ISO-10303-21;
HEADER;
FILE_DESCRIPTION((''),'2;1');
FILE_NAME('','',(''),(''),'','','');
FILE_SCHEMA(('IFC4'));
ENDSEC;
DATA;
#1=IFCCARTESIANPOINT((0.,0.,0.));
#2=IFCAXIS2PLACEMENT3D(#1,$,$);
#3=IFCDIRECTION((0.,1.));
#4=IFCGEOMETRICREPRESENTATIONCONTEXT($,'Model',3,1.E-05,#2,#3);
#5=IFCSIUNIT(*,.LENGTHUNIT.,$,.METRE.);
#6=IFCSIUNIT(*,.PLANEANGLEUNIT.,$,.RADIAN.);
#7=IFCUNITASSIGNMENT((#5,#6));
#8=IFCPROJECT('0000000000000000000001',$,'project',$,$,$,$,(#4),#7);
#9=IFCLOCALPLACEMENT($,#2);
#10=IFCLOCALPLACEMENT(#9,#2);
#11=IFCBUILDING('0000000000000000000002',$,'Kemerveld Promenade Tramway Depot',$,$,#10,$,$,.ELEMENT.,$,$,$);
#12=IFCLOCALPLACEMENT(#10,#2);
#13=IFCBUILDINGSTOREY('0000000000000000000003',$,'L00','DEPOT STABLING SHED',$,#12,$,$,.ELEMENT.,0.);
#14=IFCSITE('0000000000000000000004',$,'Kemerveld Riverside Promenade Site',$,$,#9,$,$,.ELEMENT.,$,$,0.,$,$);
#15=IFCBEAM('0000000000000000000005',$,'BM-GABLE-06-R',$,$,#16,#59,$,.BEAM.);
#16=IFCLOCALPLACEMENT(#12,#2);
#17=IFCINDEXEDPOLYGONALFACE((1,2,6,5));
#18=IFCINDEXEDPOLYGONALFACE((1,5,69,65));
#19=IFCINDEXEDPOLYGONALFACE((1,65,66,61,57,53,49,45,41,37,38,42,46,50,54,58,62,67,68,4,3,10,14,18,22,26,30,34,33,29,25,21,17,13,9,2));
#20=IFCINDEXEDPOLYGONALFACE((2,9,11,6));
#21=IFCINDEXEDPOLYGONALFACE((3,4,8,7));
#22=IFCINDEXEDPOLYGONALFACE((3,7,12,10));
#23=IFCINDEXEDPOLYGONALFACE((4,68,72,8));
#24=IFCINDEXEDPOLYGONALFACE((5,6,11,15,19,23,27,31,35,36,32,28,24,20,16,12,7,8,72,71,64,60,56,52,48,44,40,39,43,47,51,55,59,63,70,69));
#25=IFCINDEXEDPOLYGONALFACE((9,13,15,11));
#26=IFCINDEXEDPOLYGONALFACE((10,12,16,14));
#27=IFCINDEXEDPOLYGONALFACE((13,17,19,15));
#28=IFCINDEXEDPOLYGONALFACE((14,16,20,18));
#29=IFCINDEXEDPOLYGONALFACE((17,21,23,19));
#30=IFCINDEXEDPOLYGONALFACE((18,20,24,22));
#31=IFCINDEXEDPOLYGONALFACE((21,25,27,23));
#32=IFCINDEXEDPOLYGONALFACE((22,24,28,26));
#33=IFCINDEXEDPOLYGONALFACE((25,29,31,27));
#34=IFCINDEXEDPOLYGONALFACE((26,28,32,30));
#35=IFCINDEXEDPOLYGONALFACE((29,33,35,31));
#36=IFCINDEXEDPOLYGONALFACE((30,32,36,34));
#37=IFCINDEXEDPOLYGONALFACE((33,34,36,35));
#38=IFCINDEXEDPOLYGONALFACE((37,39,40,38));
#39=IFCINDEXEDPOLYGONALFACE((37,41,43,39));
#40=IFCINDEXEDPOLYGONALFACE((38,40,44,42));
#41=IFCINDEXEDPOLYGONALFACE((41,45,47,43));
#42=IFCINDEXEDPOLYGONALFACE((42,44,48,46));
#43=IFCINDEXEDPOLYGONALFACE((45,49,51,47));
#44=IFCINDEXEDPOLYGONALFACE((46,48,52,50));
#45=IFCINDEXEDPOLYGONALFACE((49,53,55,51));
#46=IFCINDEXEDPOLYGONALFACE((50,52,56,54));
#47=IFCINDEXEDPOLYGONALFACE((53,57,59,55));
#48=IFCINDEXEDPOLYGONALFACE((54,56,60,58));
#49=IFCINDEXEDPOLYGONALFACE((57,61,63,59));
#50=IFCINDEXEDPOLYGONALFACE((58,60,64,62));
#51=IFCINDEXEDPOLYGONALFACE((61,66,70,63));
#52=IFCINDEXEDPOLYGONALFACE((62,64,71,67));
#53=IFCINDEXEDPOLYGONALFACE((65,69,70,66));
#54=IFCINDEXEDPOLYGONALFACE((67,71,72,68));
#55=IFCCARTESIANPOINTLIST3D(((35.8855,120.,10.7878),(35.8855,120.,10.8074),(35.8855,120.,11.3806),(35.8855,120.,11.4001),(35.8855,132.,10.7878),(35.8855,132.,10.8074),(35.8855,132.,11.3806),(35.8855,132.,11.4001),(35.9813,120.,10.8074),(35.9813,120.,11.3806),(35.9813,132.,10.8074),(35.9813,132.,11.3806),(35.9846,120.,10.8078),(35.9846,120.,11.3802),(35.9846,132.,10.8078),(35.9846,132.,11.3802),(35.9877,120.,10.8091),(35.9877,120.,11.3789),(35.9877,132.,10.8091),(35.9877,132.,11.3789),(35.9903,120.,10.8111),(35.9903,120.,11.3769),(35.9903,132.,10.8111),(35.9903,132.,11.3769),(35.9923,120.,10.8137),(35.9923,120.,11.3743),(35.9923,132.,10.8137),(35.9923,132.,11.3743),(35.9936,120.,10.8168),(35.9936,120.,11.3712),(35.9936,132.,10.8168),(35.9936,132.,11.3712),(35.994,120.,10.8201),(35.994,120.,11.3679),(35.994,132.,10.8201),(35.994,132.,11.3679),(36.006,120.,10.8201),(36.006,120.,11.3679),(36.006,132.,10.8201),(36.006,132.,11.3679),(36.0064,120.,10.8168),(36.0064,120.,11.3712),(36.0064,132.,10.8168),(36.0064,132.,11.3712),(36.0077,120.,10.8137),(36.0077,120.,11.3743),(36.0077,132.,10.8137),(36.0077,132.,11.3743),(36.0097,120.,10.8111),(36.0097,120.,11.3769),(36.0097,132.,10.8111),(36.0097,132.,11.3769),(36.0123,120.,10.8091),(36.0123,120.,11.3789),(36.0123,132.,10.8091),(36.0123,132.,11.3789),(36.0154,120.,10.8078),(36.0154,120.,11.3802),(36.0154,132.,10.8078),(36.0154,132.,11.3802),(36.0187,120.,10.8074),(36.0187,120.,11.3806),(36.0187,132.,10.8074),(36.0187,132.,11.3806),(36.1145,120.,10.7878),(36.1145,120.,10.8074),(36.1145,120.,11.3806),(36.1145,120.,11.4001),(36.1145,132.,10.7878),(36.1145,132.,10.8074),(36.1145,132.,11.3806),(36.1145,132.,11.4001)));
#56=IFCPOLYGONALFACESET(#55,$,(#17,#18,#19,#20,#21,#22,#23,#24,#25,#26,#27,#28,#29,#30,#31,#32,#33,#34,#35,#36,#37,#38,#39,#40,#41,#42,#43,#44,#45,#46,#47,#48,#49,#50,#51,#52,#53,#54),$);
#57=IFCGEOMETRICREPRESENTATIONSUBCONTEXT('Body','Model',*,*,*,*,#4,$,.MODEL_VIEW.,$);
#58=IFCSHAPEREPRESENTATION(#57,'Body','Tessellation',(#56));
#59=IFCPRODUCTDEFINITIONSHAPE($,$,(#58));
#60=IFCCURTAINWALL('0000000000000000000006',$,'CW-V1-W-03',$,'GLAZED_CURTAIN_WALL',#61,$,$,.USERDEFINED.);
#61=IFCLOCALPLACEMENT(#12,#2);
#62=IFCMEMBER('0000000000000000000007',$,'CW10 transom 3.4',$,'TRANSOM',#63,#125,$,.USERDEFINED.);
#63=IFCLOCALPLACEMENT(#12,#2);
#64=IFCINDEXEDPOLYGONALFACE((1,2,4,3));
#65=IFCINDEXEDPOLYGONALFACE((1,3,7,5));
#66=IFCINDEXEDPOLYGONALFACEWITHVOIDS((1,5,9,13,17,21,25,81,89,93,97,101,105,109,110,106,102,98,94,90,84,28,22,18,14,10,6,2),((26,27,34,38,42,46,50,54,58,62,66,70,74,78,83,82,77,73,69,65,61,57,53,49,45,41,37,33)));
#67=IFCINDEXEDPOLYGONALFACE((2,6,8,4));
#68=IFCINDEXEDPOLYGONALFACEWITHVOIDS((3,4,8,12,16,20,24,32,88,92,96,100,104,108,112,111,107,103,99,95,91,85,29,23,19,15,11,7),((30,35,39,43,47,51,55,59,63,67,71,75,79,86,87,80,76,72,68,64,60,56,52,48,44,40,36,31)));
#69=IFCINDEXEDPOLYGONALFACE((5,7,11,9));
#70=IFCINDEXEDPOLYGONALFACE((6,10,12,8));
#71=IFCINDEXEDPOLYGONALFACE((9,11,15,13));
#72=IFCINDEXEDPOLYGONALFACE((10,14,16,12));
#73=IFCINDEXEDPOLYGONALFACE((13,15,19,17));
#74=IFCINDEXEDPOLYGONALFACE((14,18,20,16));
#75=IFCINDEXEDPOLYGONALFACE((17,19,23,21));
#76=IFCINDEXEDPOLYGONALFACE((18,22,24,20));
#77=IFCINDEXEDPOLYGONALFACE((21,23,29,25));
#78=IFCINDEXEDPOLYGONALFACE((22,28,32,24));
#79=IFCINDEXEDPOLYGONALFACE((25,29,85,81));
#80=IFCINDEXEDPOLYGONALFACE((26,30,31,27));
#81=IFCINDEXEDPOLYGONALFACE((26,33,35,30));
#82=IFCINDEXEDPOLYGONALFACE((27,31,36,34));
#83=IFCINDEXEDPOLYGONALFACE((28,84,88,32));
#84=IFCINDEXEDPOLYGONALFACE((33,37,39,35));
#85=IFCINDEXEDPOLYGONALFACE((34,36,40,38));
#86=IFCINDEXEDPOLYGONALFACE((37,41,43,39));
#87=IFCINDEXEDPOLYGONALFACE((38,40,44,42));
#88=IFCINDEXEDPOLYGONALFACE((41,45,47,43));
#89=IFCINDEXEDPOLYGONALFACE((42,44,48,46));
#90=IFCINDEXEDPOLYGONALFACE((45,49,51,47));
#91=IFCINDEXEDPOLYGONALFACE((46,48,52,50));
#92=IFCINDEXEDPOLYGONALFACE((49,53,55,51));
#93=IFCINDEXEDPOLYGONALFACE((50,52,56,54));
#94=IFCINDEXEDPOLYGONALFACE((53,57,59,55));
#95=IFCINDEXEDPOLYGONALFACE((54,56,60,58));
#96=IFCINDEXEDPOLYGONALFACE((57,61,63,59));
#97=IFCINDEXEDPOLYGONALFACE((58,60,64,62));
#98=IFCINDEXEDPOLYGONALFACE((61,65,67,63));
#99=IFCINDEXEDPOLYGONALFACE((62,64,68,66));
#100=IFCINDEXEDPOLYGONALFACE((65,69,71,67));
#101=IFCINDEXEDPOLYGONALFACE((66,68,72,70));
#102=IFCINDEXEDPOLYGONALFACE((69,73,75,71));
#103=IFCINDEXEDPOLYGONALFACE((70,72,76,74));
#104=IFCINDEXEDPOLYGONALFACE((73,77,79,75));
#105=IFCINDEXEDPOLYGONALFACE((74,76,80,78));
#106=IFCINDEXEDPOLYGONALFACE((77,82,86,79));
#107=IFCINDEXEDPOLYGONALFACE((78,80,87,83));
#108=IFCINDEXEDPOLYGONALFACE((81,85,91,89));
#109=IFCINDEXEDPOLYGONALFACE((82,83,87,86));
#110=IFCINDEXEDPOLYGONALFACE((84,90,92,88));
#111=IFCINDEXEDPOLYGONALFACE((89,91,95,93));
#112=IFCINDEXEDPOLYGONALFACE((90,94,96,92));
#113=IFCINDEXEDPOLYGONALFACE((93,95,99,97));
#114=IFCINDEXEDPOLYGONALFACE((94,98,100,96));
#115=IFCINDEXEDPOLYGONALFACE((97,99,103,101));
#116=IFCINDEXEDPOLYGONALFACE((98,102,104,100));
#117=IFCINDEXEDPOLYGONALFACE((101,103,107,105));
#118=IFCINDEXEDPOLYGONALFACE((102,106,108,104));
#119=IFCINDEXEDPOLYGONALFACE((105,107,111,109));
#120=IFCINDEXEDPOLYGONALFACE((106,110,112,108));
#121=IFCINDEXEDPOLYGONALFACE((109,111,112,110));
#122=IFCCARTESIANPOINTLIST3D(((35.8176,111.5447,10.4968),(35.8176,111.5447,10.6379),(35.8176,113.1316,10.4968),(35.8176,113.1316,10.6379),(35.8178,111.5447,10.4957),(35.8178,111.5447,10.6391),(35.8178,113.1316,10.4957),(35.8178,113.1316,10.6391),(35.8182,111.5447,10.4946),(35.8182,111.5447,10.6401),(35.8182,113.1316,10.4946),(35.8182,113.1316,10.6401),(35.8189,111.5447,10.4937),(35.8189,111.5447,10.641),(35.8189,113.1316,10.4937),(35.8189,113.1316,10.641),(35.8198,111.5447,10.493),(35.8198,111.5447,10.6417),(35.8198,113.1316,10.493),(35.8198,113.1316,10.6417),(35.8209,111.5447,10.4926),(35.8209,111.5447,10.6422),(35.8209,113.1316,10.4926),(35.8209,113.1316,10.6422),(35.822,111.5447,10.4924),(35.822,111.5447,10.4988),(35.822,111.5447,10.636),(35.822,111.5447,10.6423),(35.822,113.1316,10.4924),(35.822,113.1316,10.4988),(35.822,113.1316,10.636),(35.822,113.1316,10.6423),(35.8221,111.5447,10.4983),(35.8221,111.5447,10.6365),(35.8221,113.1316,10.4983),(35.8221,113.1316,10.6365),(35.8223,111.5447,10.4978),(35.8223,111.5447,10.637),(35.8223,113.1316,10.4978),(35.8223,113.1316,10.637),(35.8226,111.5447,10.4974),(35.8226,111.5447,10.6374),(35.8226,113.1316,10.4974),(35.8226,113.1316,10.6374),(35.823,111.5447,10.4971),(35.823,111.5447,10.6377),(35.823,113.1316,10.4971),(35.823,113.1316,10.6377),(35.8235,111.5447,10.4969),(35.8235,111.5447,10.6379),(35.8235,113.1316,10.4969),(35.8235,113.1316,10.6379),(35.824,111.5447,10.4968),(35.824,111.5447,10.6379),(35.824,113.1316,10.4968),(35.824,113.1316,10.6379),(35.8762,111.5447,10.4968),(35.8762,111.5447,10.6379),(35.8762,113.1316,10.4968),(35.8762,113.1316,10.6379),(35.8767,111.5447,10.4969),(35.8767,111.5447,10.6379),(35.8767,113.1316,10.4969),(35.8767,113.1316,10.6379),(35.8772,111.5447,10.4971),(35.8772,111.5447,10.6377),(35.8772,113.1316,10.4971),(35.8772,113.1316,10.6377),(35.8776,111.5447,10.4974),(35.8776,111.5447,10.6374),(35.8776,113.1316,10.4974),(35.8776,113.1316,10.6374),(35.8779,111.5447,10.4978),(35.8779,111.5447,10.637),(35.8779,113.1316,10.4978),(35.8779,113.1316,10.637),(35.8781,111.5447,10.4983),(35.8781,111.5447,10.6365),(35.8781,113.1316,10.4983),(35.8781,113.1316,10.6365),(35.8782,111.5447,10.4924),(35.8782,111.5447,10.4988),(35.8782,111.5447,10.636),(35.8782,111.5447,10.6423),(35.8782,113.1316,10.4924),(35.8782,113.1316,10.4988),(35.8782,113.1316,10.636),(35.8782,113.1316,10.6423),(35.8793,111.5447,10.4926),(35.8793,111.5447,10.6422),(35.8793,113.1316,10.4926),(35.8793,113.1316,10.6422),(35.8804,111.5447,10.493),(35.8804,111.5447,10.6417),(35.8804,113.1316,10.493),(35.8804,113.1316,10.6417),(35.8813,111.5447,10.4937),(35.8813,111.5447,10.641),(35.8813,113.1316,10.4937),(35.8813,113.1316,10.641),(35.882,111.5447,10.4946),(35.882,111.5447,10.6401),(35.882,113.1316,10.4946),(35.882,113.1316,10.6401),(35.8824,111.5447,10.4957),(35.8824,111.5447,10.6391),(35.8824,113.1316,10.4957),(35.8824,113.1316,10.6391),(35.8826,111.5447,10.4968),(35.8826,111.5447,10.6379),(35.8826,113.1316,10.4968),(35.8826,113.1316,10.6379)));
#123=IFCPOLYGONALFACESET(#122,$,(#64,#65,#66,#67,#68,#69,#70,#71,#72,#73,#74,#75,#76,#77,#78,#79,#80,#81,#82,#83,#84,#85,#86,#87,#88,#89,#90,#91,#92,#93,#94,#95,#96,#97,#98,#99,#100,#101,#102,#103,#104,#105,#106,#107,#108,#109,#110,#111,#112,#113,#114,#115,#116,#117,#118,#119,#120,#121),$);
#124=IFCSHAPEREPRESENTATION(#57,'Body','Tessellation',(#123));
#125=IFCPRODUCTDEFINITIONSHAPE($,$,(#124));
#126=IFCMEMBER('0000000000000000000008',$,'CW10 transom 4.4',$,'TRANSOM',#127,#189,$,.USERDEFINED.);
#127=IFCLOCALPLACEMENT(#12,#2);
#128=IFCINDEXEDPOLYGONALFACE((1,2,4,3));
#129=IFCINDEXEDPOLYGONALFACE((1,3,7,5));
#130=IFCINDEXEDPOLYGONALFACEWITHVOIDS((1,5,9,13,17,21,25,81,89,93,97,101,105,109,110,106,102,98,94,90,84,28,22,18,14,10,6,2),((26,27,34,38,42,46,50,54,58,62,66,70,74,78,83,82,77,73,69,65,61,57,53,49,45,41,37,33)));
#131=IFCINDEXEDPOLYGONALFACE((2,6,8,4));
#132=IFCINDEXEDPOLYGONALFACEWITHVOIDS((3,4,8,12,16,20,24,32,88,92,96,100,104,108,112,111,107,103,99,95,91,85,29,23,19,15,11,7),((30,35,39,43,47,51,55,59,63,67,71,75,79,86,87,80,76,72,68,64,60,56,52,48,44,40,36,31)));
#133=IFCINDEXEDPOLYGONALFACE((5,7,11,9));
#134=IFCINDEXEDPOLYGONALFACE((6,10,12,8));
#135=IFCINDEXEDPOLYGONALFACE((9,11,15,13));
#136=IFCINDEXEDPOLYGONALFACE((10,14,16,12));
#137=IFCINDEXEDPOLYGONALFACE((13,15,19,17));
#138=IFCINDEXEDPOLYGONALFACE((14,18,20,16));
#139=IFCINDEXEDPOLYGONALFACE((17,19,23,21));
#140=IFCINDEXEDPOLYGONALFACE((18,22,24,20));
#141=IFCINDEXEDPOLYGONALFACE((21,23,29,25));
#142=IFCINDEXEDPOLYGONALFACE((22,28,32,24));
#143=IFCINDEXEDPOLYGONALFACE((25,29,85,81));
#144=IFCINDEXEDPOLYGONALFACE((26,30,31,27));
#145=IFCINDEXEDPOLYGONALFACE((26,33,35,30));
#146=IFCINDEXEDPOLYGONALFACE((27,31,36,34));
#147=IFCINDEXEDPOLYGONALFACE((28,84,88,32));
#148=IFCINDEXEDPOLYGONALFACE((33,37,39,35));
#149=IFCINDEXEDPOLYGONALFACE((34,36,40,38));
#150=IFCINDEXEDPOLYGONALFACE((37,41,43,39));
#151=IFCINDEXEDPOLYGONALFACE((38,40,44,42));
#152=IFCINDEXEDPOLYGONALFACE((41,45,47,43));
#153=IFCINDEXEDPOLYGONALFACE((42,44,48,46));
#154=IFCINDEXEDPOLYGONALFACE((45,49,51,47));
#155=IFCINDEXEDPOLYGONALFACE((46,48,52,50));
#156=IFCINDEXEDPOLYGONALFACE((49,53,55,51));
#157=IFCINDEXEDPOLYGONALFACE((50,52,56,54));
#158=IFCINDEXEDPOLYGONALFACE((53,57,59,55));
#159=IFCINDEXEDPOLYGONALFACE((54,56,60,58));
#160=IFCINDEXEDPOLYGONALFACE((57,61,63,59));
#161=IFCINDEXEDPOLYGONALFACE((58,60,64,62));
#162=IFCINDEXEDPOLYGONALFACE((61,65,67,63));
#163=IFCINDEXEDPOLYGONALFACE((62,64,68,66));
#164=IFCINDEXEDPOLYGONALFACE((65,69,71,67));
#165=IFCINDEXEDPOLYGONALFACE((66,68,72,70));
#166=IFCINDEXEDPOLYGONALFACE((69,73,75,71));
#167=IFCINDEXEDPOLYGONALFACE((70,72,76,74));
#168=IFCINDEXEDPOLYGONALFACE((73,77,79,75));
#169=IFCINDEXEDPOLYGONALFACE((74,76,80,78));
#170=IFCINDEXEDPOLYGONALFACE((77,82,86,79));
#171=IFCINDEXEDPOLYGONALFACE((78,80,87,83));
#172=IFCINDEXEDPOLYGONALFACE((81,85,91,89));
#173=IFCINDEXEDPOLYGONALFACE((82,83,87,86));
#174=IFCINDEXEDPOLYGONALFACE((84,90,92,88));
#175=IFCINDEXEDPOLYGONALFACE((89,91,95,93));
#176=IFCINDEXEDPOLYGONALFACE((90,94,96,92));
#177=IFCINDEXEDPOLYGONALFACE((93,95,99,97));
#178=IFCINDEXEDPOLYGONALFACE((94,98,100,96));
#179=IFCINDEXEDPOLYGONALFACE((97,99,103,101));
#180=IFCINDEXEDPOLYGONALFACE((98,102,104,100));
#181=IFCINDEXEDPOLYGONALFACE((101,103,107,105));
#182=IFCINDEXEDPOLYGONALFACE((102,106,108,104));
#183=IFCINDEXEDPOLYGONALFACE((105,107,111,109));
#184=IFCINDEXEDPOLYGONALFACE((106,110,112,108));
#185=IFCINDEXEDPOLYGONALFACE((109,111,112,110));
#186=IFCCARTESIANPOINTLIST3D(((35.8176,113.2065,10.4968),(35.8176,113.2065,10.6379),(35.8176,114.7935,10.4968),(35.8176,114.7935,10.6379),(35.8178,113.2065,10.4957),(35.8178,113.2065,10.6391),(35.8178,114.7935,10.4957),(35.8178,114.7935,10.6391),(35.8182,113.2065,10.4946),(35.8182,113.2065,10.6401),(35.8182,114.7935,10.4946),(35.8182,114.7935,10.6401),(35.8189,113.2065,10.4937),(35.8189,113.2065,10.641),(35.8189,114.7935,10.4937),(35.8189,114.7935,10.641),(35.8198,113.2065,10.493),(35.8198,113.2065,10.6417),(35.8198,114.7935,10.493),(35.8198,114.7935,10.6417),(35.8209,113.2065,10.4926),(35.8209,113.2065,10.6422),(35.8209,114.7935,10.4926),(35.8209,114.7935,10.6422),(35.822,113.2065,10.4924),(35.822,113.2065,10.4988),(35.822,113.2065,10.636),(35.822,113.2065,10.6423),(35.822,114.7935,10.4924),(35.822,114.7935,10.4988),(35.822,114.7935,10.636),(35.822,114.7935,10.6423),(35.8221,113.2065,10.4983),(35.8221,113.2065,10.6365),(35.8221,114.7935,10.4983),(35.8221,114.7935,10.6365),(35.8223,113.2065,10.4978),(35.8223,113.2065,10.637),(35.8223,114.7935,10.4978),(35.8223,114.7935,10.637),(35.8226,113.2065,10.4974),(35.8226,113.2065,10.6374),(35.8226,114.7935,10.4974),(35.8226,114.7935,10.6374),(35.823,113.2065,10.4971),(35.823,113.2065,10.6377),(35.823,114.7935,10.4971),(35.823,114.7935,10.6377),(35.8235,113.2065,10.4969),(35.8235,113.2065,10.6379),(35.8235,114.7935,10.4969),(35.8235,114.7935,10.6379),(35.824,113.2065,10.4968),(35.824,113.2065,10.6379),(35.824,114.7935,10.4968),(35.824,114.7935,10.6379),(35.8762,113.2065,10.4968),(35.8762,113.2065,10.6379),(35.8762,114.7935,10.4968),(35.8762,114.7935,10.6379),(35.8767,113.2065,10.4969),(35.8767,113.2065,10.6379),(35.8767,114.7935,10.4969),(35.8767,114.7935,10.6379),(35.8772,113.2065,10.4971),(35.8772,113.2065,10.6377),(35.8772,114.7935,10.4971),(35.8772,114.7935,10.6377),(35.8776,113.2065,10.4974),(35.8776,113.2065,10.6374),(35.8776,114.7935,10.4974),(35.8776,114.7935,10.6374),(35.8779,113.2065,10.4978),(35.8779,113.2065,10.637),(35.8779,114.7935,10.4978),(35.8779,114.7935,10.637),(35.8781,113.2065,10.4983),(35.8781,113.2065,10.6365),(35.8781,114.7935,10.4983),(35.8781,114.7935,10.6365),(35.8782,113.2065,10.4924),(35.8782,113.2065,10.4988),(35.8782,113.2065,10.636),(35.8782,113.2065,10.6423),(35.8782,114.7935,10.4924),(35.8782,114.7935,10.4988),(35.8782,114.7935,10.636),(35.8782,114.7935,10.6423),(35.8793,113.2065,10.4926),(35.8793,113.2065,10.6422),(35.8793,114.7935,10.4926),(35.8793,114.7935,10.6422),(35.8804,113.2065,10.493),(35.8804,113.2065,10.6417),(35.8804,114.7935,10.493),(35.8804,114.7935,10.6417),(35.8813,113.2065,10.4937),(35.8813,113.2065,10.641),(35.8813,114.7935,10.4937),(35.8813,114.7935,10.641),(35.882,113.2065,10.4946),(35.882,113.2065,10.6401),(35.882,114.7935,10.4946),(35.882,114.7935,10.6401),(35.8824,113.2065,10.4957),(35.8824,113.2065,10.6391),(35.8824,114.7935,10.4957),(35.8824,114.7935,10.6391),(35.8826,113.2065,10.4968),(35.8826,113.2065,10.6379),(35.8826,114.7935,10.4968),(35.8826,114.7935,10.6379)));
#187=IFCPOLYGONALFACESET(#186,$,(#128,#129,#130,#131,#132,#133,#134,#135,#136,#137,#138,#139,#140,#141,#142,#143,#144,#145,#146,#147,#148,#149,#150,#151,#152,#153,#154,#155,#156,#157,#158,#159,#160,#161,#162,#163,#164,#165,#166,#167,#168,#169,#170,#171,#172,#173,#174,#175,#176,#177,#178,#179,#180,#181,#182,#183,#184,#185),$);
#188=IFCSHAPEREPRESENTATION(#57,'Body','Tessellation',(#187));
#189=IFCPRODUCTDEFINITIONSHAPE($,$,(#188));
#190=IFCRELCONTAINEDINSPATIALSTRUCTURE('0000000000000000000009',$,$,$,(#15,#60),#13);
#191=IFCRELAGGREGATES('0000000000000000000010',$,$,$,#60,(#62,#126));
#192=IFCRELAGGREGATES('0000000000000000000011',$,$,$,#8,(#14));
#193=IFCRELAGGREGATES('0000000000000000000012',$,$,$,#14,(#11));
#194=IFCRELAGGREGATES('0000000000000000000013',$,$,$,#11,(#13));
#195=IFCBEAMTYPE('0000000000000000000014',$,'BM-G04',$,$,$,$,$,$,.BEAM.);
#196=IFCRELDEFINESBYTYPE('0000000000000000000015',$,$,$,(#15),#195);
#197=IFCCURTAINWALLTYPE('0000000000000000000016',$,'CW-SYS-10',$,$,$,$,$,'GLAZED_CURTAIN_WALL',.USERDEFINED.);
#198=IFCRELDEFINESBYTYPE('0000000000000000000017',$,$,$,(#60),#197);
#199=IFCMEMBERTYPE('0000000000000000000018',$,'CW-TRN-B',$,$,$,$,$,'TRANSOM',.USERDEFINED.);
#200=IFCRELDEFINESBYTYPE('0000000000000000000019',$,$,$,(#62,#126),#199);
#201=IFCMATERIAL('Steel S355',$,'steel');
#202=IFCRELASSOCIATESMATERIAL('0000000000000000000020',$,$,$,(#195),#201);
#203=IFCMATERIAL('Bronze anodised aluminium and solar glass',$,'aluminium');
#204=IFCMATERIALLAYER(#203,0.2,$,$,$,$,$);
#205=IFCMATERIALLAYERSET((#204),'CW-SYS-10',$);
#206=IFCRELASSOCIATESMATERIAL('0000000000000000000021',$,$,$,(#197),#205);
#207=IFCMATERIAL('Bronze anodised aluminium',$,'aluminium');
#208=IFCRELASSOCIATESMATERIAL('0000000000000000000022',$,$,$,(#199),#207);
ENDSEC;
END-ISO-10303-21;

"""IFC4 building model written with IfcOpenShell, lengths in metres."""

from ifc_helpers import new_model, si_unit, direction, frame, origin, origin_2d, place, context, subcontext, project, spatial, hollow_rectangle, i_section, extrude, material, layer, layer_set, material_profile, profile_set, type_object, element, aggregate, save


model = new_model("IFC4")

# Units and contexts
model_context = context("Model", 3, precision=1e-05, world=origin(), true_north=direction((0.0, 1.0)))
body_context = subcontext(model_context, "Body", "Model", "MODEL_VIEW")
ifc_project = project(units=[si_unit("LENGTHUNIT", "METRE"), si_unit("PLANEANGLEUNIT", "RADIAN")], contexts=[model_context])

# Site, building, storey
site_placement = place(None, origin())
site = spatial("IfcSite", under=ifc_project, at=site_placement, Name="Kemerveld Riverside Promenade Site", CompositionType="ELEMENT", RefElevation=0.0)
building_placement = place(site_placement, origin())
building = spatial("IfcBuilding", under=site, at=building_placement, Name="Kemerveld Promenade Tramway Depot", CompositionType="ELEMENT")
storey_placement = place(building_placement, origin())
storey = spatial("IfcBuildingStorey", under=building, at=storey_placement, Name="L00", Description="DEPOT STABLING SHED", CompositionType="ELEMENT", Elevation=0.0)

# Beam
ifc_material_1 = material(Name="Steel S355", Category="steel")
ifc_material_profile_1 = material_profile(ifc_material_1, i_section(OverallWidth=0.229, OverallDepth=0.6123, WebThickness=0.012, FlangeThickness=0.0195, FilletRadius=0.0127, at=origin_2d()), Name="610x229x125 UB")
ifc_profile_set_1 = profile_set([ifc_material_profile_1], Name="Steel S355")
beam_type = type_object("IfcBeamType", Name="BM-G04", PredefinedType="BEAM", material=ifc_profile_set_1)
beam_placement = place(storey_placement, frame((36.0, 120.0, 11.094), z_axis=(0.0, 1.0, 0.0), x_axis=(-1.0, 0.0, 0.0)))
element("IfcBeam", 1, at=beam_placement, inside=storey, type_object=beam_type, Name="BM-GABLE-06-R", PredefinedType="BEAM", context=body_context, shape_type="SweptSolid", body=[
    extrude(i_section(OverallWidth=0.229, OverallDepth=0.6123, WebThickness=0.012, FlangeThickness=0.0195, FilletRadius=0.0127, at=origin_2d()), origin(), (0.0, 0.0, 1.0), 12.0),
])

# Curtain wall, members
ifc_material_2 = material(Name="Bronze anodised aluminium and solar glass", Category="aluminium")
ifc_layer_1 = layer(ifc_material_2, 0.2)
ifc_layer_set_1 = layer_set([ifc_layer_1], Name="CW-SYS-10")
curtain_wall_type = type_object("IfcCurtainWallType", Name="CW-SYS-10", ElementType="GLAZED_CURTAIN_WALL", PredefinedType="USERDEFINED", material=ifc_layer_set_1)
curtain_wall_placement = place(storey_placement, origin())
curtain_wall = element("IfcCurtainWall", 2, at=curtain_wall_placement, inside=storey, type_object=curtain_wall_type, Name="CW-V1-W-03", ObjectType="GLAZED_CURTAIN_WALL", PredefinedType="USERDEFINED")
ifc_material_3 = material(Name="Bronze anodised aluminium", Category="aluminium")
ifc_material_profile_2 = material_profile(ifc_material_3, hollow_rectangle(XDim=0.0649, YDim=0.1499, WallThickness=0.0044, InnerFilletRadius=0.002, OuterFilletRadius=0.0044, at=origin_2d()), Name="CW-TRN-150x65")
ifc_profile_set_2 = profile_set([ifc_material_profile_2], Name="Bronze anodised aluminium")
member_type_1 = type_object("IfcMemberType", Name="CW-TRN-B", ElementType="TRANSOM", PredefinedType="USERDEFINED", material=ifc_profile_set_2)
member_1_placement = place(storey_placement, frame((35.8501, 111.5447, 10.5674), z_axis=(0.0, 1.0, 0.0), x_axis=(-1.0, 0.0, 0.0)))
member_1 = element("IfcMember", 3, at=member_1_placement, type_object=member_type_1, Name="CW10 transom 3.4", ObjectType="TRANSOM", PredefinedType="USERDEFINED", context=body_context, shape_type="SweptSolid", body=[
    extrude(hollow_rectangle(XDim=0.0649, YDim=0.1499, WallThickness=0.0044, InnerFilletRadius=0.002, OuterFilletRadius=0.0044, at=origin_2d()), origin(), (0.0, 0.0, 1.0), 1.5869),
])
member_2_placement = place(storey_placement, frame((35.8501, 113.2065, 10.5674), z_axis=(0.0, 1.0, 0.0), x_axis=(-1.0, 0.0, 0.0)))
member_2 = element("IfcMember", 4, at=member_2_placement, type_object=member_type_1, Name="CW10 transom 4.4", ObjectType="TRANSOM", PredefinedType="USERDEFINED", context=body_context, shape_type="SweptSolid", body=[
    extrude(hollow_rectangle(XDim=0.0649, YDim=0.1499, WallThickness=0.0044, InnerFilletRadius=0.002, OuterFilletRadius=0.0044, at=origin_2d()), origin(), (0.0, 0.0, 1.0), 1.5869),
])

aggregate(curtain_wall, [member_1, member_2])

save(model, "model.ifc")
